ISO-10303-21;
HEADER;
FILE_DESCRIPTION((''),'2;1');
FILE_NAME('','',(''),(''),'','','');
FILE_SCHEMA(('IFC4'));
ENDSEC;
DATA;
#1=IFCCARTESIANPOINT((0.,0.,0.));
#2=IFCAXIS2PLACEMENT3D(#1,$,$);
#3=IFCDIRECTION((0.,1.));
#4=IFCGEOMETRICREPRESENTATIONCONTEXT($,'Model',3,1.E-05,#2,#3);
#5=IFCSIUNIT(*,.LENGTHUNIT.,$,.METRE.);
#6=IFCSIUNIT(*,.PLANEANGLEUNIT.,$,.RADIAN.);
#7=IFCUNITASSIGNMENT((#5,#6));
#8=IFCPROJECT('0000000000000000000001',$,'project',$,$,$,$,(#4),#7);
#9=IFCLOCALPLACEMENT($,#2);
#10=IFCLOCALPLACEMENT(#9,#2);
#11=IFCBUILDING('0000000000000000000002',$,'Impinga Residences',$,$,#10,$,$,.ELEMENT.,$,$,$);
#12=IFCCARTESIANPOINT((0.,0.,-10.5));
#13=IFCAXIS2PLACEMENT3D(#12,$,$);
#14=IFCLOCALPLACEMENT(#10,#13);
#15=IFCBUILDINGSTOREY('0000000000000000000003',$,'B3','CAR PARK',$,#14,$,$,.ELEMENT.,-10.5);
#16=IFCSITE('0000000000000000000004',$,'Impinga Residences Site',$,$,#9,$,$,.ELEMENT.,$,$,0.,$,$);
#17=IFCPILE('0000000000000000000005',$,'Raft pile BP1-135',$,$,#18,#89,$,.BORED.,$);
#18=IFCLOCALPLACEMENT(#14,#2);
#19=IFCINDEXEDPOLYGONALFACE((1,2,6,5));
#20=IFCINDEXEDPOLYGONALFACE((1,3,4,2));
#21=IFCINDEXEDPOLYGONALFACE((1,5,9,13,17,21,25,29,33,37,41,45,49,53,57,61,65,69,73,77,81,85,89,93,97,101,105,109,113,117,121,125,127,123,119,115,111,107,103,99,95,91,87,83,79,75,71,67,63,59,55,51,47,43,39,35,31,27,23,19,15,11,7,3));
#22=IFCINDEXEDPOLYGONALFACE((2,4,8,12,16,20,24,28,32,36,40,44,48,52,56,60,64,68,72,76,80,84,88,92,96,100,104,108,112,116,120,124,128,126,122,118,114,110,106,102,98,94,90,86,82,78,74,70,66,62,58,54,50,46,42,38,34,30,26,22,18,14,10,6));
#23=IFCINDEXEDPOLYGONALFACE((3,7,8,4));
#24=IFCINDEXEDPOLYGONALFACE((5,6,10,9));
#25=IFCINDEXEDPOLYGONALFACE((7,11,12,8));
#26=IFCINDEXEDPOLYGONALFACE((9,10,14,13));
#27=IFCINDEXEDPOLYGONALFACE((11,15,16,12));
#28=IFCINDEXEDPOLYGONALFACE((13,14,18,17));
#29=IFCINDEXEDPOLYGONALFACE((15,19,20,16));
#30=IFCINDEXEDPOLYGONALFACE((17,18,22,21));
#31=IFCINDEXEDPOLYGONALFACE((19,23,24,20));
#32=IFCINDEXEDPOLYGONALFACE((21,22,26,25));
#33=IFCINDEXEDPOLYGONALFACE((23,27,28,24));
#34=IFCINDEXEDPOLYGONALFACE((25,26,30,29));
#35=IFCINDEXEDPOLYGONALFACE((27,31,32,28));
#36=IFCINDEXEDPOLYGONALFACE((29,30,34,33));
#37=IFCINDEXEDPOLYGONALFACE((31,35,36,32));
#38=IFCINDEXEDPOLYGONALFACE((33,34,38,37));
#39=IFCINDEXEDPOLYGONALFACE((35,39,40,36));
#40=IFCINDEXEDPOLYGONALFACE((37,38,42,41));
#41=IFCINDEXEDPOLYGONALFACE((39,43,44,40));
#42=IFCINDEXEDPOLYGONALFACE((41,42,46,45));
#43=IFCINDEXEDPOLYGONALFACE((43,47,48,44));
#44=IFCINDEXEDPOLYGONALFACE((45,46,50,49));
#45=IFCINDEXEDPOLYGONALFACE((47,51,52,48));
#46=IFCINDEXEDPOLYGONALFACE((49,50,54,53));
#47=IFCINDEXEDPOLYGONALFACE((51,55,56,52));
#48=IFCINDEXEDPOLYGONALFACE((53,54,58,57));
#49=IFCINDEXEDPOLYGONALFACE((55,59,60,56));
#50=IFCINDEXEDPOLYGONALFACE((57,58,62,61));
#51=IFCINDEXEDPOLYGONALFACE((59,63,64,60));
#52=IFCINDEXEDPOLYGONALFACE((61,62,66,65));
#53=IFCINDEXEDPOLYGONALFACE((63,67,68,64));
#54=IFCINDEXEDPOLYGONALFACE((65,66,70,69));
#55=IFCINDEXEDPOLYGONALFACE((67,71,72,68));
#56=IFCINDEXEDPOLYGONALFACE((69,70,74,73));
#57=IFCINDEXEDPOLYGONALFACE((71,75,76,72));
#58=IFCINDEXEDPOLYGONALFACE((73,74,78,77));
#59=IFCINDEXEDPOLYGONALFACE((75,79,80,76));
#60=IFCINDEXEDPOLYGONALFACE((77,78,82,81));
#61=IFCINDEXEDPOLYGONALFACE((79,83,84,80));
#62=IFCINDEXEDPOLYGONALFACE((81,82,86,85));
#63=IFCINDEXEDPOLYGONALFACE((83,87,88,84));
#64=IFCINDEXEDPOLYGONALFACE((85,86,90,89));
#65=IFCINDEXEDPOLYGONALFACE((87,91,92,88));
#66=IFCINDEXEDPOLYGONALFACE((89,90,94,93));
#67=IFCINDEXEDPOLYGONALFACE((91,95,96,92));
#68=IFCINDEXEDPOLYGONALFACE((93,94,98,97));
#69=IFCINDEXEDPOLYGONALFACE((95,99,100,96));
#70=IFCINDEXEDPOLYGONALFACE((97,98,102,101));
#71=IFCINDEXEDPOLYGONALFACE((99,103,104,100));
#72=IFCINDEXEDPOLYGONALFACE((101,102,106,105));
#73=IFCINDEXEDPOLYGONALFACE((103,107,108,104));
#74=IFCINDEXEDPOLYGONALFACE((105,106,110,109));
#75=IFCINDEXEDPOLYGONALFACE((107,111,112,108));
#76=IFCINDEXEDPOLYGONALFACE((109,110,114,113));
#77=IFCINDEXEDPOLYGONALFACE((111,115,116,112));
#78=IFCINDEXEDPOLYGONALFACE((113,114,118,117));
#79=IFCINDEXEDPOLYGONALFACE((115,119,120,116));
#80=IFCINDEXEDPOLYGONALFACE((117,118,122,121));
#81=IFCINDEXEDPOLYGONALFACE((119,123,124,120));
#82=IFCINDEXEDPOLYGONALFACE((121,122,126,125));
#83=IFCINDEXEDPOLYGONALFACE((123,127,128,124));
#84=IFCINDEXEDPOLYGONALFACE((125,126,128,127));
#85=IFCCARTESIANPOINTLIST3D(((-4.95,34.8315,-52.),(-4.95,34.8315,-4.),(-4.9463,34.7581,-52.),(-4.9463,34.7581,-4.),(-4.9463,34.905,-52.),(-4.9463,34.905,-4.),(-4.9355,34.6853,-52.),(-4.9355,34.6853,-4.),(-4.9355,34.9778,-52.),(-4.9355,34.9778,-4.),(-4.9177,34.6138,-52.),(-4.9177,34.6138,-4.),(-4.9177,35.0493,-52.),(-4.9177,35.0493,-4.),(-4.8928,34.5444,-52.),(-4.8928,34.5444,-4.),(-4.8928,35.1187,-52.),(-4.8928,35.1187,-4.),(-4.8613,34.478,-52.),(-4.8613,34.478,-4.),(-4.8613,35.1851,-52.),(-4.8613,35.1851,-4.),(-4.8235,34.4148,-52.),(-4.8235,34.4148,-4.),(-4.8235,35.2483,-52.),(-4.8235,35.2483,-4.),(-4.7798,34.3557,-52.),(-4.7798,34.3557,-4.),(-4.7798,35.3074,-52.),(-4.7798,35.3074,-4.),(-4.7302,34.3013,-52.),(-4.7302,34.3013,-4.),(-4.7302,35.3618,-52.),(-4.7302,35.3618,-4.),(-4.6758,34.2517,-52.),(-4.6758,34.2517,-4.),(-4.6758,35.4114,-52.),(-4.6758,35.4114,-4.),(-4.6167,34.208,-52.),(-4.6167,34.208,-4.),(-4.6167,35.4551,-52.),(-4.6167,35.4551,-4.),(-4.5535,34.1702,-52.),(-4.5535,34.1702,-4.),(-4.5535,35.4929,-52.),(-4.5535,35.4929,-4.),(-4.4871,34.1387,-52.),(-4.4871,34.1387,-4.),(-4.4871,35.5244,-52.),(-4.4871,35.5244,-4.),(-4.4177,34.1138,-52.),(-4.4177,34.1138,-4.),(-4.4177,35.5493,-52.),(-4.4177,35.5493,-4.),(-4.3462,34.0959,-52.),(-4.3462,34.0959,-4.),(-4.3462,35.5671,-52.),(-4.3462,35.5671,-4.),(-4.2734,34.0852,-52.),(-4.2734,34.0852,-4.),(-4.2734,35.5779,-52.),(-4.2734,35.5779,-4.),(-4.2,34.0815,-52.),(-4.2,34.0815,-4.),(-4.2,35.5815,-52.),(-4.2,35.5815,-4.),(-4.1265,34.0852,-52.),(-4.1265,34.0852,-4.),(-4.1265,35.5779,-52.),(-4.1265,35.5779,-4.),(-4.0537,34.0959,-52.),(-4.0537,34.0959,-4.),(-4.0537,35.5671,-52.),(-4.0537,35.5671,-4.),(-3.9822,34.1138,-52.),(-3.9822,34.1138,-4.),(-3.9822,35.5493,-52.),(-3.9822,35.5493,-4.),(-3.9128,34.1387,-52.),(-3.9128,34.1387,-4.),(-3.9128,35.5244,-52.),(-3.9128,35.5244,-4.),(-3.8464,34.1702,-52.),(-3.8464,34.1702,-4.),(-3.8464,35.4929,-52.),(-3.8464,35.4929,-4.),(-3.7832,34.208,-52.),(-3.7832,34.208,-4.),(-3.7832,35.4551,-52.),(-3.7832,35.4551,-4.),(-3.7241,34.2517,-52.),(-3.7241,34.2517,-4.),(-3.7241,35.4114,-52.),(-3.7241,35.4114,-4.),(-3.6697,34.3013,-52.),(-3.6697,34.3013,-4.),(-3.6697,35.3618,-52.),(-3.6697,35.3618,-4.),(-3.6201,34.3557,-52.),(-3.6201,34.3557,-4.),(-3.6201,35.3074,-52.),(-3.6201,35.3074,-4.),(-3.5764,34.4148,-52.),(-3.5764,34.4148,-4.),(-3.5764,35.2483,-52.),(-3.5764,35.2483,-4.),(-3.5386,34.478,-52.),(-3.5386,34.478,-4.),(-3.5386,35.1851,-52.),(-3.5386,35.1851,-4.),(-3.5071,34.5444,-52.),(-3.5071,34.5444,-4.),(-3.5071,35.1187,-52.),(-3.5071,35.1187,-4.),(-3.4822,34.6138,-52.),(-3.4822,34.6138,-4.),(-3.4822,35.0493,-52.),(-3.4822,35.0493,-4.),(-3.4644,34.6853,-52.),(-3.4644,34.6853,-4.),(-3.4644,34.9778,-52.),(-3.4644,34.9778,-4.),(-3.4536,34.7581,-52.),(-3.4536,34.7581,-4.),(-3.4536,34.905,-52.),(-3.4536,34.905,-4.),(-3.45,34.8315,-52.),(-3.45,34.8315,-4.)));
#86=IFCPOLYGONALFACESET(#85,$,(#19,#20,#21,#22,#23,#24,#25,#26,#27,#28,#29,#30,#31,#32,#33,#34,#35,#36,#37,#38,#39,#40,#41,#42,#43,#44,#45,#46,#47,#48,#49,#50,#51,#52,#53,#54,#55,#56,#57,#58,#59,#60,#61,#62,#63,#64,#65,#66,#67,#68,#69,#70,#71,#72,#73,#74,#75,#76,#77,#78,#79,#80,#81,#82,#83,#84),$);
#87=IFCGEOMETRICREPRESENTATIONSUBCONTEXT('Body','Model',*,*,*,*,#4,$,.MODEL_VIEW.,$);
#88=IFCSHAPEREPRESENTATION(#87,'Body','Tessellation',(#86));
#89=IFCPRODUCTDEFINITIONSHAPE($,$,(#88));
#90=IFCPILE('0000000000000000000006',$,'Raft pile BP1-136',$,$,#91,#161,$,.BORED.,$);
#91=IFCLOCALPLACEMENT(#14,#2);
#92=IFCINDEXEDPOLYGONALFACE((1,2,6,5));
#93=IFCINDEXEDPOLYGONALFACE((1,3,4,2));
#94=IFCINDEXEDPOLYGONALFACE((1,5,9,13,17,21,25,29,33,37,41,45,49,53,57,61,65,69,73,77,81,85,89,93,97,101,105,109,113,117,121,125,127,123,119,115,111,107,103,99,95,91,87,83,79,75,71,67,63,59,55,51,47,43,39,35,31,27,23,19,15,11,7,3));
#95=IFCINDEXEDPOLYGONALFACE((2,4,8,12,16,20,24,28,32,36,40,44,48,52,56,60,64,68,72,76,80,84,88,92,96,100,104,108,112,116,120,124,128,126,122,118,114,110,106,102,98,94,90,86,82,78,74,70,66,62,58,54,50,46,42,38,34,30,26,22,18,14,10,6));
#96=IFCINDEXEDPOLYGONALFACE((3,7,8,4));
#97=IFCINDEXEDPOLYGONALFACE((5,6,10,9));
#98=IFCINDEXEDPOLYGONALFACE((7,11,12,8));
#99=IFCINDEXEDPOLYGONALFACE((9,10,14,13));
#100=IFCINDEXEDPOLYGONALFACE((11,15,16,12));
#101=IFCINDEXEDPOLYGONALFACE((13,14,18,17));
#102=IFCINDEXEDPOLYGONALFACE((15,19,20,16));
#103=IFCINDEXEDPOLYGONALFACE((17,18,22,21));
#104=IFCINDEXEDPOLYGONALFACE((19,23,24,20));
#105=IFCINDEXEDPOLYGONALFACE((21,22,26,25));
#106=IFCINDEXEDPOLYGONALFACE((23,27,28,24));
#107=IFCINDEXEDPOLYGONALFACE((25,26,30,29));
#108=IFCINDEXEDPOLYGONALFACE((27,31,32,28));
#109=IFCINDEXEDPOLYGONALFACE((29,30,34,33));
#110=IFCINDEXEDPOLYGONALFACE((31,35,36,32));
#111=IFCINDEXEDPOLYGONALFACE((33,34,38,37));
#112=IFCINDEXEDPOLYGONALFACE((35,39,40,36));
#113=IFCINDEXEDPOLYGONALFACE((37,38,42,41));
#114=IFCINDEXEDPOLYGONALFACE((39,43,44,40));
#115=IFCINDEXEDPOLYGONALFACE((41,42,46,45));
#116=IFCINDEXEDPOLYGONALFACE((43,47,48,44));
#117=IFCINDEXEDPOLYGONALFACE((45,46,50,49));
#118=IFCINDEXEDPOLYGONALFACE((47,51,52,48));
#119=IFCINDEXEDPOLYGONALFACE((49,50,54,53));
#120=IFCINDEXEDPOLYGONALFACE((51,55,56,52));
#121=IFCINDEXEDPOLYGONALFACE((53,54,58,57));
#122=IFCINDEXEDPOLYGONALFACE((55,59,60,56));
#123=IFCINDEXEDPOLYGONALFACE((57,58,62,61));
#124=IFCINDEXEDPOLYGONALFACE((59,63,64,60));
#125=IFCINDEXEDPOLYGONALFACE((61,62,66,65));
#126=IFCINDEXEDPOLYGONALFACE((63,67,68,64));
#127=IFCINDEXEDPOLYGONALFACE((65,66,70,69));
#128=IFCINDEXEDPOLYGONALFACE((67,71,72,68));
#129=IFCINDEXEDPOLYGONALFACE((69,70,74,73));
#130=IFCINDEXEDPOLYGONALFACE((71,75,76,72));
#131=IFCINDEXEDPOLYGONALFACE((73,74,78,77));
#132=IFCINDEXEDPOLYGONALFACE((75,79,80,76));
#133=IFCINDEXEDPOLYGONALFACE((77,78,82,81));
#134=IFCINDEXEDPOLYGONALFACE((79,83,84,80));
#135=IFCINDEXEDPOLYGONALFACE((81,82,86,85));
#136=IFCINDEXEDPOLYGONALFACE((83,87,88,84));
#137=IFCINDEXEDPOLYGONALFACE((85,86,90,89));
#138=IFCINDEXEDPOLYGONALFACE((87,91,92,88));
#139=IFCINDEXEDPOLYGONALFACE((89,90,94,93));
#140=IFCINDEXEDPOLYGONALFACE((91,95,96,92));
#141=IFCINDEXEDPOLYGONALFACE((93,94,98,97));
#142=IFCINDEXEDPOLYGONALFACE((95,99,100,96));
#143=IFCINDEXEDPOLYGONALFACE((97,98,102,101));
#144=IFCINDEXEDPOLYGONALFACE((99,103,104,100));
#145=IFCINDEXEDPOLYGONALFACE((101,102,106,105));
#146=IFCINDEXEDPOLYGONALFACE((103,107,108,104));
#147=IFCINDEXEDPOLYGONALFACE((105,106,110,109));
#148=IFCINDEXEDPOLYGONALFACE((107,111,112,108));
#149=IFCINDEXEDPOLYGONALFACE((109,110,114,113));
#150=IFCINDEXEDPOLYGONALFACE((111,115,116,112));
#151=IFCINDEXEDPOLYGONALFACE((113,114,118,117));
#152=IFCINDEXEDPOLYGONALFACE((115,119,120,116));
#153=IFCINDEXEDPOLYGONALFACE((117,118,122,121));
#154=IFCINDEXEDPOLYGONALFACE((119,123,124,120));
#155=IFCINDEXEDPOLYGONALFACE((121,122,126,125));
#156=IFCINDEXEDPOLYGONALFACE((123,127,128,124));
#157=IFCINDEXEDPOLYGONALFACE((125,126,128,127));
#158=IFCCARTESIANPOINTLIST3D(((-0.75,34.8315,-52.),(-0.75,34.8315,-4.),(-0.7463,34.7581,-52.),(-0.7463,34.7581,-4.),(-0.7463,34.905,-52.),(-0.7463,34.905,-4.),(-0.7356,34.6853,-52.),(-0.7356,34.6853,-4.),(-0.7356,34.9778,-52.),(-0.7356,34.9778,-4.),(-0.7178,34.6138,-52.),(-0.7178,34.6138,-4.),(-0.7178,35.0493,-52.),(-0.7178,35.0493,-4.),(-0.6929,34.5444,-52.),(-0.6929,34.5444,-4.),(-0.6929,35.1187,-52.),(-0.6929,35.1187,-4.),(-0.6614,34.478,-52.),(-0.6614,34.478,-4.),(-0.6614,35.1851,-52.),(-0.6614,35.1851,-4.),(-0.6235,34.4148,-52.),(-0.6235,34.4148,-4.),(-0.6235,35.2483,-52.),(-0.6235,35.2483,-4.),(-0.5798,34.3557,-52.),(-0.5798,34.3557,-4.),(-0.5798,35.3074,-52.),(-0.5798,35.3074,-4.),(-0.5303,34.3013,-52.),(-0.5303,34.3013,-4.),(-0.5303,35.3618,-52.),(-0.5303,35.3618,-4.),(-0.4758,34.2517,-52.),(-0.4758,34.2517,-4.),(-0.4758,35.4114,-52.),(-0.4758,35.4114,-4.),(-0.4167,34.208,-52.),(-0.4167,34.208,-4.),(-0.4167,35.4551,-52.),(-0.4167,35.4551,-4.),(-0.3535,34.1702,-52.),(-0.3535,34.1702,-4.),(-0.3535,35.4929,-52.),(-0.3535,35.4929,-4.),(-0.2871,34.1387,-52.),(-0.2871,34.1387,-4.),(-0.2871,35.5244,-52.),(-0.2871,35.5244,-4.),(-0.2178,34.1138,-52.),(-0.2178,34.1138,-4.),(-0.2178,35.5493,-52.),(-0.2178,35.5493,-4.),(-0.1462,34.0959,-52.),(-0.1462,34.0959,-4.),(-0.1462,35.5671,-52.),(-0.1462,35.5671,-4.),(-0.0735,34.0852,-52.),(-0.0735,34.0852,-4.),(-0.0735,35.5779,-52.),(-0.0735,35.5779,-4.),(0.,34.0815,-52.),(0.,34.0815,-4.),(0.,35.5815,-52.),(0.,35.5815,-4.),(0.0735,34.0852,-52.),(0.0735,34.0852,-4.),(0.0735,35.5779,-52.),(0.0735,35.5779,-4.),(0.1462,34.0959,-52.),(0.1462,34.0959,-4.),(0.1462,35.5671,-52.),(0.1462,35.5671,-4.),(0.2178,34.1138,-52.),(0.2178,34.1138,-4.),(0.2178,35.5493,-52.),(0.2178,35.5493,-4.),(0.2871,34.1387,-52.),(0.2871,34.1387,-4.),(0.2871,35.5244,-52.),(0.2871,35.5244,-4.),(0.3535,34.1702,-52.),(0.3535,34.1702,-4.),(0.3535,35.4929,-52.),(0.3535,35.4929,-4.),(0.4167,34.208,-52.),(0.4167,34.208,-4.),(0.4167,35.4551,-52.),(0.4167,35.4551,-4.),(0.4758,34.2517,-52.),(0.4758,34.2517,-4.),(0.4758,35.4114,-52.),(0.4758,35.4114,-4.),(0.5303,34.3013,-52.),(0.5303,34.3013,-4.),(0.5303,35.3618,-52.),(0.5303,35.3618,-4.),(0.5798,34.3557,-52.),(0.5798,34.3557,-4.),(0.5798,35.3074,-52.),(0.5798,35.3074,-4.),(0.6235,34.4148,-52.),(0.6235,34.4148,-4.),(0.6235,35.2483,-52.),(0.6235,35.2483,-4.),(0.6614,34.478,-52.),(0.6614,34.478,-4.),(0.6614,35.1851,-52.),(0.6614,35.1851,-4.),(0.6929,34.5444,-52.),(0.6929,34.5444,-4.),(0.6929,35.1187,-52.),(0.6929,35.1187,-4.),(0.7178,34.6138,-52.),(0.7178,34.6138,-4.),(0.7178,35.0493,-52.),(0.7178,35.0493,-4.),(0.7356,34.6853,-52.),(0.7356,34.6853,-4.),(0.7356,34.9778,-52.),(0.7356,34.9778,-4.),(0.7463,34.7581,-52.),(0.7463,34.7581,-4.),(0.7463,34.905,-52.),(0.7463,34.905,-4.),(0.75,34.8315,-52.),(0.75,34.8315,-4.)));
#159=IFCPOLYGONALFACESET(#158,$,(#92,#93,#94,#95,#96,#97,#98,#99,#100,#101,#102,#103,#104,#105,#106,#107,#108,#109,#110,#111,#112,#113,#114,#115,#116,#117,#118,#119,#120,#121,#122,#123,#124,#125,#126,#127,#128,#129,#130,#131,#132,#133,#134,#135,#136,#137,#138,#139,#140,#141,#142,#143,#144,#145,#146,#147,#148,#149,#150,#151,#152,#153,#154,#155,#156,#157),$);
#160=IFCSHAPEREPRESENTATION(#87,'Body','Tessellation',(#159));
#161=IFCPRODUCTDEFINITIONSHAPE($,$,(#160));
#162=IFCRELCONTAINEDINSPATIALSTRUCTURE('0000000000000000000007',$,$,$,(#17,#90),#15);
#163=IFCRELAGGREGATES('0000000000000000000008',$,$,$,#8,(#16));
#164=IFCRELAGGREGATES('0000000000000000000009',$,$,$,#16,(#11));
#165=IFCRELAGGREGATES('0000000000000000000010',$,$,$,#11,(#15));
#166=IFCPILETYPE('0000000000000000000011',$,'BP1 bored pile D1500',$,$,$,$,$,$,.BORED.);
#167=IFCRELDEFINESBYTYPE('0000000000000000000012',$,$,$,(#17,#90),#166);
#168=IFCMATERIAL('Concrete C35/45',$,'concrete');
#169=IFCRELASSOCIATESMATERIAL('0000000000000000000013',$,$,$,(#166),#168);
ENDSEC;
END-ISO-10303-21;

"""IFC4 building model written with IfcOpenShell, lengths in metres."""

from ifc_helpers import new_model, si_unit, direction, frame, origin, origin_2d, place, context, subcontext, project, spatial, polyline, circle, outline, extrude, material, material_profile, profile_set, type_object, element, save


model = new_model("IFC4")

# Units and contexts
model_context = context("Model", 3, precision=1e-05, world=origin(), true_north=direction((0.0, 1.0)))
body_context = subcontext(model_context, "Body", "Model", "MODEL_VIEW")
ifc_project = project(units=[si_unit("LENGTHUNIT", "METRE"), si_unit("PLANEANGLEUNIT", "RADIAN")], contexts=[model_context])

# Site, building, storey
site_placement = place(None, origin())
site = spatial("IfcSite", under=ifc_project, at=site_placement, Name="Impinga Residences Site", CompositionType="ELEMENT", RefElevation=0.0)
building_placement = place(site_placement, origin())
building = spatial("IfcBuilding", under=site, at=building_placement, Name="Impinga Residences", CompositionType="ELEMENT")
storey_placement = place(building_placement, frame((0.0, 0.0, -10.5)))
storey = spatial("IfcBuildingStorey", under=building, at=storey_placement, Name="B3", Description="CAR PARK", CompositionType="ELEMENT", Elevation=-10.5)

# Piles
ifc_material_1 = material(Name="Concrete C35/45", Category="concrete")
ifc_material_profile_1 = material_profile(ifc_material_1, circle(Radius=0.75, at=origin_2d()), Name="D1500")
ifc_profile_set_1 = profile_set([ifc_material_profile_1], Name="Concrete C35/45")
pile_type_1 = type_object("IfcPileType", Name="BP1 bored pile D1500", PredefinedType="BORED", material=ifc_profile_set_1)
pile_1_placement = place(storey_placement, frame((-4.2, 34.8315, -4.0), z_axis=(0.0, 0.0, -1.0), x_axis=(1.0, 0.0, 0.0)))
element("IfcPile", 1, at=pile_1_placement, inside=storey, type_object=pile_type_1, Name="Raft pile BP1-135", PredefinedType="BORED", context=body_context, shape_type="SweptSolid", body=[
    extrude(outline(polyline([(0.75, 0.0), (0.7463, 0.0735), (0.7356, 0.1462), (0.7178, 0.2178), (0.6929, 0.2871), (0.6614, 0.3535), (0.6235, 0.4167), (0.5798, 0.4758), (0.5303, 0.5303), (0.4758, 0.5798), (0.4167, 0.6235), (0.3535, 0.6614), (0.2871, 0.6929), (0.2178, 0.7178), (0.1462, 0.7356), (0.0735, 0.7463), (0.0, 0.75), (-0.0735, 0.7463), (-0.1462, 0.7356), (-0.2178, 0.7178), (-0.2871, 0.6929), (-0.3535, 0.6614), (-0.4167, 0.6235), (-0.4758, 0.5798), (-0.5303, 0.5303), (-0.5798, 0.4758), (-0.6235, 0.4167), (-0.6614, 0.3535), (-0.6929, 0.2871), (-0.7178, 0.2178), (-0.7356, 0.1462), (-0.7463, 0.0735), (-0.75, 0.0), (-0.7463, -0.0735), (-0.7356, -0.1462), (-0.7178, -0.2178), (-0.6929, -0.2871), (-0.6614, -0.3535), (-0.6235, -0.4167), (-0.5798, -0.4758), (-0.5303, -0.5303), (-0.4758, -0.5798), (-0.4167, -0.6235), (-0.3535, -0.6614), (-0.2871, -0.6929), (-0.2178, -0.7178), (-0.1462, -0.7356), (-0.0735, -0.7463), (0.0, -0.75), (0.0735, -0.7463), (0.1462, -0.7356), (0.2178, -0.7178), (0.2871, -0.6929), (0.3535, -0.6614), (0.4167, -0.6235), (0.4758, -0.5798), (0.5303, -0.5303), (0.5798, -0.4758), (0.6235, -0.4167), (0.6614, -0.3535), (0.6929, -0.2871), (0.7178, -0.2178), (0.7356, -0.1462), (0.7463, -0.0735), (0.75, 0.0)])), origin(), (0.0, 0.0, 1.0), 48.0),
])
pile_2_placement = place(storey_placement, frame((0.0, 34.8315, -4.0), z_axis=(0.0, 0.0, -1.0), x_axis=(1.0, 0.0, 0.0)))
element("IfcPile", 2, at=pile_2_placement, inside=storey, type_object=pile_type_1, Name="Raft pile BP1-136", PredefinedType="BORED", context=body_context, shape_type="SweptSolid", body=[
    extrude(outline(polyline([(0.75, 0.0), (0.7463, 0.0735), (0.7356, 0.1462), (0.7178, 0.2178), (0.6929, 0.2871), (0.6614, 0.3535), (0.6235, 0.4167), (0.5798, 0.4758), (0.5303, 0.5303), (0.4758, 0.5798), (0.4167, 0.6235), (0.3535, 0.6614), (0.2871, 0.6929), (0.2178, 0.7178), (0.1462, 0.7356), (0.0735, 0.7463), (0.0, 0.75), (-0.0735, 0.7463), (-0.1462, 0.7356), (-0.2178, 0.7178), (-0.2871, 0.6929), (-0.3535, 0.6614), (-0.4167, 0.6235), (-0.4758, 0.5798), (-0.5303, 0.5303), (-0.5798, 0.4758), (-0.6235, 0.4167), (-0.6614, 0.3535), (-0.6929, 0.2871), (-0.7178, 0.2178), (-0.7356, 0.1462), (-0.7463, 0.0735), (-0.75, 0.0), (-0.7463, -0.0735), (-0.7356, -0.1462), (-0.7178, -0.2178), (-0.6929, -0.2871), (-0.6614, -0.3535), (-0.6235, -0.4167), (-0.5798, -0.4758), (-0.5303, -0.5303), (-0.4758, -0.5798), (-0.4167, -0.6235), (-0.3535, -0.6614), (-0.2871, -0.6929), (-0.2178, -0.7178), (-0.1462, -0.7356), (-0.0735, -0.7463), (0.0, -0.75), (0.0735, -0.7463), (0.1462, -0.7356), (0.2178, -0.7178), (0.2871, -0.6929), (0.3535, -0.6614), (0.4167, -0.6235), (0.4758, -0.5798), (0.5303, -0.5303), (0.5798, -0.4758), (0.6235, -0.4167), (0.6614, -0.3535), (0.6929, -0.2871), (0.7178, -0.2178), (0.7356, -0.1462), (0.7463, -0.0735), (0.75, 0.0)])), origin(), (0.0, 0.0, 1.0), 48.0),
])

save(model, "model.ifc")
